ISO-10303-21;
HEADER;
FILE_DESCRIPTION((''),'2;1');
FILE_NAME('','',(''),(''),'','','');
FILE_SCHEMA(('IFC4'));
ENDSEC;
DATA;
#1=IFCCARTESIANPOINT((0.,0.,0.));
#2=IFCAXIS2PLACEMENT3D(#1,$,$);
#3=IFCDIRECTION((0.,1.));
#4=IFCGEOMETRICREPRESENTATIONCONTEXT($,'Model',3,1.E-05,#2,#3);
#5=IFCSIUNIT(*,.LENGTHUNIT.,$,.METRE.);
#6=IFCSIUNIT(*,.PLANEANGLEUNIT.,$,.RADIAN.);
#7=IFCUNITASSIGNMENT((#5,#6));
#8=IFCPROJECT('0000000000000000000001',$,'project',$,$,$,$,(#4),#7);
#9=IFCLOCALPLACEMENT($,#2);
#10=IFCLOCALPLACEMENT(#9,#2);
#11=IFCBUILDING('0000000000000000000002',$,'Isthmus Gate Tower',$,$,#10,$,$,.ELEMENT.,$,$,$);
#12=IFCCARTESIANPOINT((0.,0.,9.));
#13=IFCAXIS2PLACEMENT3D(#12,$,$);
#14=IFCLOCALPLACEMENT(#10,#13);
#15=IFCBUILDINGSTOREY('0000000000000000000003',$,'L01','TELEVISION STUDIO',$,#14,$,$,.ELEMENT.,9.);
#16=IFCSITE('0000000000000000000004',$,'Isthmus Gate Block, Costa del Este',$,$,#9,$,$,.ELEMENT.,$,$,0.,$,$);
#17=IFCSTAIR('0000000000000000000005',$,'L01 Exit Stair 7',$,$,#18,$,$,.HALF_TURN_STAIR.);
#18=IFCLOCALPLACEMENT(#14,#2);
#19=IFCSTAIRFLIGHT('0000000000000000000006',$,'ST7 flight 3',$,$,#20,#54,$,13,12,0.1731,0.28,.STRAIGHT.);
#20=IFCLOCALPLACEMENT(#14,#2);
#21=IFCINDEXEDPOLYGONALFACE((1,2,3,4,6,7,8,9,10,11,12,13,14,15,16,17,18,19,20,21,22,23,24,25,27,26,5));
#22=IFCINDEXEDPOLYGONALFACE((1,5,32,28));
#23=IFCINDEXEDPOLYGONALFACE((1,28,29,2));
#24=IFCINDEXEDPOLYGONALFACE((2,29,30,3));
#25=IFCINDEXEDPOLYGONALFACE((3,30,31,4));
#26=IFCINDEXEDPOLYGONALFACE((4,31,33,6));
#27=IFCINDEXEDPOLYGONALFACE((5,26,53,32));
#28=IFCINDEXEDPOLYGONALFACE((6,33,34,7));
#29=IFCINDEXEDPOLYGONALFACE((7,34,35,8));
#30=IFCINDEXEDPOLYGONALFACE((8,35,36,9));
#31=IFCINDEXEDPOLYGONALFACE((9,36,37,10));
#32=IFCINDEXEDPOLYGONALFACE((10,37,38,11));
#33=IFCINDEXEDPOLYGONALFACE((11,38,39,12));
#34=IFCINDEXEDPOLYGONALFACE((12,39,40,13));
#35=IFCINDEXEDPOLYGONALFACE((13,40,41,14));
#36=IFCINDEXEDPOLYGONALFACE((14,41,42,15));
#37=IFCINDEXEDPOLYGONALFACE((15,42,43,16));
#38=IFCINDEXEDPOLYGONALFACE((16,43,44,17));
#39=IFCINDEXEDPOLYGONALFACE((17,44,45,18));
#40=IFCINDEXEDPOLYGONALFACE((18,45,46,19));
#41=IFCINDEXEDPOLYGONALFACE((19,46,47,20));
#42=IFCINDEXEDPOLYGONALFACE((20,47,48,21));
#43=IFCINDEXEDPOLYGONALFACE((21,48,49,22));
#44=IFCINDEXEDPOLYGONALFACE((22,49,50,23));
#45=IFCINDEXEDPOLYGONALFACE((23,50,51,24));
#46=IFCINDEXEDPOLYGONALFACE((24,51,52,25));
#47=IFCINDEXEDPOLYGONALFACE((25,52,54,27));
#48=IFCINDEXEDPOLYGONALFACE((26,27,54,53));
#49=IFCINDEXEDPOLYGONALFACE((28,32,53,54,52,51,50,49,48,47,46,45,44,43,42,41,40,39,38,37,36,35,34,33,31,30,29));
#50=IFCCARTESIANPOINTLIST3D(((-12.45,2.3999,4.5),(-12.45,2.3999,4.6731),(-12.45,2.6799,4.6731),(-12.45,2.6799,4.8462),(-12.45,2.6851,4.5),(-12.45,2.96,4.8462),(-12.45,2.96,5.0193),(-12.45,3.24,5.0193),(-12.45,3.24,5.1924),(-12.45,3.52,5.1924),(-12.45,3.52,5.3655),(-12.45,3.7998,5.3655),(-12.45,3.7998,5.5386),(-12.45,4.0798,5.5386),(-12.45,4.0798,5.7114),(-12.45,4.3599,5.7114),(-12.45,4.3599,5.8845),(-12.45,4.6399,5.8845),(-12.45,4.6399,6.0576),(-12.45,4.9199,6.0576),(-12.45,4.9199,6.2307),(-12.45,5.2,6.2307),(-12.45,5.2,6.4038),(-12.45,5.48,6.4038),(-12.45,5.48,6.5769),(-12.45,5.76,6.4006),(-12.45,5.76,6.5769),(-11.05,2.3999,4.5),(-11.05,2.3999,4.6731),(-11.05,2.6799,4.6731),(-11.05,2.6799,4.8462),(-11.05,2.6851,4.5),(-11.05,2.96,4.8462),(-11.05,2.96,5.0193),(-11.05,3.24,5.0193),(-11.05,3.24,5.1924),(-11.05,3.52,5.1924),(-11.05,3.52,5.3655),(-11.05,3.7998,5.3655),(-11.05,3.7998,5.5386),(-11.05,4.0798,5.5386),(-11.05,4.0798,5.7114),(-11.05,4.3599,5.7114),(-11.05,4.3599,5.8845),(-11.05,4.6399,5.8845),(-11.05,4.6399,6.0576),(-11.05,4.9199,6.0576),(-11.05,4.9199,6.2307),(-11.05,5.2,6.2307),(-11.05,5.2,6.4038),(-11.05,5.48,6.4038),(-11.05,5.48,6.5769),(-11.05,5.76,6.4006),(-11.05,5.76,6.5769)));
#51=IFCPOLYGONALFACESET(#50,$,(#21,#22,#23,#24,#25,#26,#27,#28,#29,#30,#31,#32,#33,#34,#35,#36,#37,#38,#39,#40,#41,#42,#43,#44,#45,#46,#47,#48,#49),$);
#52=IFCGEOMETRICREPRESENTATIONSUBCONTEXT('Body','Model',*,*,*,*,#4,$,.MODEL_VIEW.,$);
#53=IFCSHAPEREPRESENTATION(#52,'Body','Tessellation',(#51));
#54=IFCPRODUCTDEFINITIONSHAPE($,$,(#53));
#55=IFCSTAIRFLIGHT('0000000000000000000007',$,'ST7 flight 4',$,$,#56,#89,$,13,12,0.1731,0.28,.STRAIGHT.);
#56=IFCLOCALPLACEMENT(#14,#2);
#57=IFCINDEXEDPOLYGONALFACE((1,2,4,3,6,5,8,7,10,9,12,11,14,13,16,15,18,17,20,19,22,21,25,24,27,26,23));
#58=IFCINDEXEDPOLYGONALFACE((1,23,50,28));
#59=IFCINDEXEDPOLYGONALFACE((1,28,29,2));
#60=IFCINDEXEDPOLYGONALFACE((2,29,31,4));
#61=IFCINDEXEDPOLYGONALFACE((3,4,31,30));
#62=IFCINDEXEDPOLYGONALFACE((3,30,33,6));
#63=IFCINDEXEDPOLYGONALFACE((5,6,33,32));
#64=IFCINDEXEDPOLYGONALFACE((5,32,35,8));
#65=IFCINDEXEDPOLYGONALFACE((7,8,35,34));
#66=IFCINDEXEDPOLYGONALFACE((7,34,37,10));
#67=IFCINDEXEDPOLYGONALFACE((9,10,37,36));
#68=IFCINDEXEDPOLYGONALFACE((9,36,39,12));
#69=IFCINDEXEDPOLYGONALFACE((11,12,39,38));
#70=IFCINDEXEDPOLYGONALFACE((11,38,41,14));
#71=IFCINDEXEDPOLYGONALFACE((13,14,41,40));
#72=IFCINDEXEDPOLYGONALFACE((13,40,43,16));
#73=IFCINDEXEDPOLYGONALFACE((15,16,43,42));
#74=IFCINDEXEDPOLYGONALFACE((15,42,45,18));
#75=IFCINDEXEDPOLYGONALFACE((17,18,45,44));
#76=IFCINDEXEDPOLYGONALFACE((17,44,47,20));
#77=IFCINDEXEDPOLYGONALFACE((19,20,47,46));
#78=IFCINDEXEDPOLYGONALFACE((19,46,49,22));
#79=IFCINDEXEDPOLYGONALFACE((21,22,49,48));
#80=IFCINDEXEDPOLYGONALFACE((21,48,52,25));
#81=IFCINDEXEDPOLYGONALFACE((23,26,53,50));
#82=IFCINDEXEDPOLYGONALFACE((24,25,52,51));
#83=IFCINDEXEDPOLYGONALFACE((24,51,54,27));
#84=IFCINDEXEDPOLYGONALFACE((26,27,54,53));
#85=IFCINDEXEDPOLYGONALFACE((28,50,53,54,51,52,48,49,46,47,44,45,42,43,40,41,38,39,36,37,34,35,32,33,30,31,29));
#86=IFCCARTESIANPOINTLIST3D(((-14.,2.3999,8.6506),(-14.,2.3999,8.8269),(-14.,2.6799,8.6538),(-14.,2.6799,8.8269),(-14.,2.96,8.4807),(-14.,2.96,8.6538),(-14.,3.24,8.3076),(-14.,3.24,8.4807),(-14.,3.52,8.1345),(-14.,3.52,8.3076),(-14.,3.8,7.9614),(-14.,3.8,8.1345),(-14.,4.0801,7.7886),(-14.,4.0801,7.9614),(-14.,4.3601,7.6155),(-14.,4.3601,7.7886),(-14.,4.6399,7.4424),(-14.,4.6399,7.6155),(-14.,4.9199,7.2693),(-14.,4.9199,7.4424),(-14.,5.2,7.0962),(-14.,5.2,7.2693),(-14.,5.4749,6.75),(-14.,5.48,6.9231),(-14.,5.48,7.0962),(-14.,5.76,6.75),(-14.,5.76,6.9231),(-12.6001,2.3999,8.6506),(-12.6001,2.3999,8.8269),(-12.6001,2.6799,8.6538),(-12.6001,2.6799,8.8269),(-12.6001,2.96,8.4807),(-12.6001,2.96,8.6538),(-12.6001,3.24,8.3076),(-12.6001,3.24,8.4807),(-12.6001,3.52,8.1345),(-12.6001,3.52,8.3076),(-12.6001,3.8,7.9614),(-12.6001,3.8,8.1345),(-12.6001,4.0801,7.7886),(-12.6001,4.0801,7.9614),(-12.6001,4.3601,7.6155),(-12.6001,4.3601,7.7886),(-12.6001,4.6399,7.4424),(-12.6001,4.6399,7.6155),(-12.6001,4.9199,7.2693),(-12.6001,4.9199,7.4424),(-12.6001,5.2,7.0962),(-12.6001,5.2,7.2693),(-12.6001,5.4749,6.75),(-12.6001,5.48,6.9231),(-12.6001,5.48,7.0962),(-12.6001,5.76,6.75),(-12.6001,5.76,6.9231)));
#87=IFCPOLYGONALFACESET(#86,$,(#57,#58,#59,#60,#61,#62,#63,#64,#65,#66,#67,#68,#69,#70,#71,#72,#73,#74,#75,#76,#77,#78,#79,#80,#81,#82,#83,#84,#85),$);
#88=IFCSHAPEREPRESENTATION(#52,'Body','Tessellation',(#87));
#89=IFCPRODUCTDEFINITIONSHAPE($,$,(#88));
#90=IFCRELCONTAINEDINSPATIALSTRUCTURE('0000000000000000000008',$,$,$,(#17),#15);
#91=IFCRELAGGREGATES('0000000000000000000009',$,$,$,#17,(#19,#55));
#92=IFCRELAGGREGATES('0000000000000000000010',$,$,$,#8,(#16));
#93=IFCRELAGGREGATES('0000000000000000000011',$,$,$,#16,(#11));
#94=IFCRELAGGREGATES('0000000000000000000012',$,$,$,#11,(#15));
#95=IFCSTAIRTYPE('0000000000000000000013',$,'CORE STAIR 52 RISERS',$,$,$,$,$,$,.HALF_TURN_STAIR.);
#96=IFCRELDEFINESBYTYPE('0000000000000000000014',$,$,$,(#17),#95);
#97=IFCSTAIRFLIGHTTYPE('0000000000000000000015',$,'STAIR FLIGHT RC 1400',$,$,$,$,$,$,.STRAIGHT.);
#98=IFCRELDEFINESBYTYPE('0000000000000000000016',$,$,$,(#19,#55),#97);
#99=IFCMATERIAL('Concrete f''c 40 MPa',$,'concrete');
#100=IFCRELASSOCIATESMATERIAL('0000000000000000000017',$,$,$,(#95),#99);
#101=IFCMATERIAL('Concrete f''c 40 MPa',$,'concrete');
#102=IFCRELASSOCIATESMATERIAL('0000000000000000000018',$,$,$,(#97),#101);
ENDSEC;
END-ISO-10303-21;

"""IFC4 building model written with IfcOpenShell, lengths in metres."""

from ifc_helpers import new_model, si_unit, direction, frame, origin, place, context, subcontext, project, spatial, polyline, outline, extrude, material, type_object, element, aggregate, save


model = new_model("IFC4")

# Units and contexts
model_context = context("Model", 3, precision=1e-05, world=origin(), true_north=direction((0.0, 1.0)))
body_context = subcontext(model_context, "Body", "Model", "MODEL_VIEW")
ifc_project = project(units=[si_unit("LENGTHUNIT", "METRE"), si_unit("PLANEANGLEUNIT", "RADIAN")], contexts=[model_context])

# Site, building, storey
site_placement = place(None, origin())
site = spatial("IfcSite", under=ifc_project, at=site_placement, Name="Isthmus Gate Block, Costa del Este", CompositionType="ELEMENT", RefElevation=0.0)
building_placement = place(site_placement, origin())
building = spatial("IfcBuilding", under=site, at=building_placement, Name="Isthmus Gate Tower", CompositionType="ELEMENT")
storey_placement = place(building_placement, frame((0.0, 0.0, 9.0)))
storey = spatial("IfcBuildingStorey", under=building, at=storey_placement, Name="L01", Description="TELEVISION STUDIO", CompositionType="ELEMENT", Elevation=9.0)

# Stair, stair flights
ifc_material_1 = material(Name="Concrete f'c 40 MPa", Category="concrete")
stair_type = type_object("IfcStairType", Name="CORE STAIR 52 RISERS", PredefinedType="HALF_TURN_STAIR", material=ifc_material_1)
stair_placement = place(storey_placement, origin())
stair = element("IfcStair", 1, at=stair_placement, inside=storey, type_object=stair_type, Name="L01 Exit Stair 7", PredefinedType="HALF_TURN_STAIR")
ifc_material_2 = material(Name="Concrete f'c 40 MPa", Category="concrete")
stair_flight_type = type_object("IfcStairFlightType", Name="STAIR FLIGHT RC 1400", PredefinedType="STRAIGHT", material=ifc_material_2)
stair_flight_1_placement = place(storey_placement, frame((-11.75, 2.3999, 4.5), z_axis=(0.0, 0.0, 1.0), x_axis=(0.0, 1.0, 0.0)))
stair_flight_1 = element("IfcStairFlight", 2, at=stair_flight_1_placement, type_object=stair_flight_type, Name="ST7 flight 3", NumberOfRisers=13, NumberOfTreads=12, PredefinedType="STRAIGHT", RiserHeight=0.1731, TreadLength=0.28, context=body_context, shape_type="SweptSolid", body=[
    extrude(outline(polyline([(0.0, 0.0), (0.0, 0.1731), (0.28, 0.1731), (0.28, 0.3462), (0.5601, 0.3462), (0.5601, 0.5193), (0.8401, 0.5193), (0.8401, 0.6924), (1.1201, 0.6924), (1.1201, 0.8655), (1.3999, 0.8655), (1.3999, 1.0386), (1.6799, 1.0386), (1.6799, 1.2114), (1.96, 1.2114), (1.96, 1.3845), (2.24, 1.3845), (2.24, 1.5576), (2.52, 1.5576), (2.52, 1.7307), (2.8, 1.7307), (2.8, 1.9038), (3.0801, 1.9038), (3.0801, 2.0769), (3.3601, 2.0769), (3.3601, 2.25), (3.3601, 1.9006), (0.2852, 0.0), (0.0, 0.0)])), frame((0.0, 0.7, 0.0), z_axis=(0.0, -1.0, 0.0), x_axis=(1.0, 0.0, 0.0)), (0.0, 0.0, 1.0), 1.3999),
])
stair_flight_2_placement = place(storey_placement, frame((-13.3, 5.76, 6.75), z_axis=(0.0, 0.0, 1.0), x_axis=(0.0, -1.0, 0.0)))
stair_flight_2 = element("IfcStairFlight", 3, at=stair_flight_2_placement, type_object=stair_flight_type, Name="ST7 flight 4", NumberOfRisers=13, NumberOfTreads=12, PredefinedType="STRAIGHT", RiserHeight=0.1731, TreadLength=0.28, context=body_context, shape_type="SweptSolid", body=[
    extrude(outline(polyline([(0.0, 0.0), (0.0, 0.1731), (0.28, 0.1731), (0.28, 0.3462), (0.5601, 0.3462), (0.5601, 0.5193), (0.8401, 0.5193), (0.8401, 0.6924), (1.1201, 0.6924), (1.1201, 0.8655), (1.3999, 0.8655), (1.3999, 1.0386), (1.6799, 1.0386), (1.6799, 1.2114), (1.96, 1.2114), (1.96, 1.3845), (2.24, 1.3845), (2.24, 1.5576), (2.52, 1.5576), (2.52, 1.7307), (2.8, 1.7307), (2.8, 1.9038), (3.0801, 1.9038), (3.0801, 2.0769), (3.3601, 2.0769), (3.3601, 2.25), (3.3601, 1.9006), (0.2852, 0.0), (0.0, 0.0)])), frame((0.0, 0.7, 0.0), z_axis=(0.0, -1.0, 0.0), x_axis=(1.0, 0.0, 0.0)), (0.0, 0.0, 1.0), 1.3999),
])
aggregate(stair, [stair_flight_1, stair_flight_2])

save(model, "model.ifc")
